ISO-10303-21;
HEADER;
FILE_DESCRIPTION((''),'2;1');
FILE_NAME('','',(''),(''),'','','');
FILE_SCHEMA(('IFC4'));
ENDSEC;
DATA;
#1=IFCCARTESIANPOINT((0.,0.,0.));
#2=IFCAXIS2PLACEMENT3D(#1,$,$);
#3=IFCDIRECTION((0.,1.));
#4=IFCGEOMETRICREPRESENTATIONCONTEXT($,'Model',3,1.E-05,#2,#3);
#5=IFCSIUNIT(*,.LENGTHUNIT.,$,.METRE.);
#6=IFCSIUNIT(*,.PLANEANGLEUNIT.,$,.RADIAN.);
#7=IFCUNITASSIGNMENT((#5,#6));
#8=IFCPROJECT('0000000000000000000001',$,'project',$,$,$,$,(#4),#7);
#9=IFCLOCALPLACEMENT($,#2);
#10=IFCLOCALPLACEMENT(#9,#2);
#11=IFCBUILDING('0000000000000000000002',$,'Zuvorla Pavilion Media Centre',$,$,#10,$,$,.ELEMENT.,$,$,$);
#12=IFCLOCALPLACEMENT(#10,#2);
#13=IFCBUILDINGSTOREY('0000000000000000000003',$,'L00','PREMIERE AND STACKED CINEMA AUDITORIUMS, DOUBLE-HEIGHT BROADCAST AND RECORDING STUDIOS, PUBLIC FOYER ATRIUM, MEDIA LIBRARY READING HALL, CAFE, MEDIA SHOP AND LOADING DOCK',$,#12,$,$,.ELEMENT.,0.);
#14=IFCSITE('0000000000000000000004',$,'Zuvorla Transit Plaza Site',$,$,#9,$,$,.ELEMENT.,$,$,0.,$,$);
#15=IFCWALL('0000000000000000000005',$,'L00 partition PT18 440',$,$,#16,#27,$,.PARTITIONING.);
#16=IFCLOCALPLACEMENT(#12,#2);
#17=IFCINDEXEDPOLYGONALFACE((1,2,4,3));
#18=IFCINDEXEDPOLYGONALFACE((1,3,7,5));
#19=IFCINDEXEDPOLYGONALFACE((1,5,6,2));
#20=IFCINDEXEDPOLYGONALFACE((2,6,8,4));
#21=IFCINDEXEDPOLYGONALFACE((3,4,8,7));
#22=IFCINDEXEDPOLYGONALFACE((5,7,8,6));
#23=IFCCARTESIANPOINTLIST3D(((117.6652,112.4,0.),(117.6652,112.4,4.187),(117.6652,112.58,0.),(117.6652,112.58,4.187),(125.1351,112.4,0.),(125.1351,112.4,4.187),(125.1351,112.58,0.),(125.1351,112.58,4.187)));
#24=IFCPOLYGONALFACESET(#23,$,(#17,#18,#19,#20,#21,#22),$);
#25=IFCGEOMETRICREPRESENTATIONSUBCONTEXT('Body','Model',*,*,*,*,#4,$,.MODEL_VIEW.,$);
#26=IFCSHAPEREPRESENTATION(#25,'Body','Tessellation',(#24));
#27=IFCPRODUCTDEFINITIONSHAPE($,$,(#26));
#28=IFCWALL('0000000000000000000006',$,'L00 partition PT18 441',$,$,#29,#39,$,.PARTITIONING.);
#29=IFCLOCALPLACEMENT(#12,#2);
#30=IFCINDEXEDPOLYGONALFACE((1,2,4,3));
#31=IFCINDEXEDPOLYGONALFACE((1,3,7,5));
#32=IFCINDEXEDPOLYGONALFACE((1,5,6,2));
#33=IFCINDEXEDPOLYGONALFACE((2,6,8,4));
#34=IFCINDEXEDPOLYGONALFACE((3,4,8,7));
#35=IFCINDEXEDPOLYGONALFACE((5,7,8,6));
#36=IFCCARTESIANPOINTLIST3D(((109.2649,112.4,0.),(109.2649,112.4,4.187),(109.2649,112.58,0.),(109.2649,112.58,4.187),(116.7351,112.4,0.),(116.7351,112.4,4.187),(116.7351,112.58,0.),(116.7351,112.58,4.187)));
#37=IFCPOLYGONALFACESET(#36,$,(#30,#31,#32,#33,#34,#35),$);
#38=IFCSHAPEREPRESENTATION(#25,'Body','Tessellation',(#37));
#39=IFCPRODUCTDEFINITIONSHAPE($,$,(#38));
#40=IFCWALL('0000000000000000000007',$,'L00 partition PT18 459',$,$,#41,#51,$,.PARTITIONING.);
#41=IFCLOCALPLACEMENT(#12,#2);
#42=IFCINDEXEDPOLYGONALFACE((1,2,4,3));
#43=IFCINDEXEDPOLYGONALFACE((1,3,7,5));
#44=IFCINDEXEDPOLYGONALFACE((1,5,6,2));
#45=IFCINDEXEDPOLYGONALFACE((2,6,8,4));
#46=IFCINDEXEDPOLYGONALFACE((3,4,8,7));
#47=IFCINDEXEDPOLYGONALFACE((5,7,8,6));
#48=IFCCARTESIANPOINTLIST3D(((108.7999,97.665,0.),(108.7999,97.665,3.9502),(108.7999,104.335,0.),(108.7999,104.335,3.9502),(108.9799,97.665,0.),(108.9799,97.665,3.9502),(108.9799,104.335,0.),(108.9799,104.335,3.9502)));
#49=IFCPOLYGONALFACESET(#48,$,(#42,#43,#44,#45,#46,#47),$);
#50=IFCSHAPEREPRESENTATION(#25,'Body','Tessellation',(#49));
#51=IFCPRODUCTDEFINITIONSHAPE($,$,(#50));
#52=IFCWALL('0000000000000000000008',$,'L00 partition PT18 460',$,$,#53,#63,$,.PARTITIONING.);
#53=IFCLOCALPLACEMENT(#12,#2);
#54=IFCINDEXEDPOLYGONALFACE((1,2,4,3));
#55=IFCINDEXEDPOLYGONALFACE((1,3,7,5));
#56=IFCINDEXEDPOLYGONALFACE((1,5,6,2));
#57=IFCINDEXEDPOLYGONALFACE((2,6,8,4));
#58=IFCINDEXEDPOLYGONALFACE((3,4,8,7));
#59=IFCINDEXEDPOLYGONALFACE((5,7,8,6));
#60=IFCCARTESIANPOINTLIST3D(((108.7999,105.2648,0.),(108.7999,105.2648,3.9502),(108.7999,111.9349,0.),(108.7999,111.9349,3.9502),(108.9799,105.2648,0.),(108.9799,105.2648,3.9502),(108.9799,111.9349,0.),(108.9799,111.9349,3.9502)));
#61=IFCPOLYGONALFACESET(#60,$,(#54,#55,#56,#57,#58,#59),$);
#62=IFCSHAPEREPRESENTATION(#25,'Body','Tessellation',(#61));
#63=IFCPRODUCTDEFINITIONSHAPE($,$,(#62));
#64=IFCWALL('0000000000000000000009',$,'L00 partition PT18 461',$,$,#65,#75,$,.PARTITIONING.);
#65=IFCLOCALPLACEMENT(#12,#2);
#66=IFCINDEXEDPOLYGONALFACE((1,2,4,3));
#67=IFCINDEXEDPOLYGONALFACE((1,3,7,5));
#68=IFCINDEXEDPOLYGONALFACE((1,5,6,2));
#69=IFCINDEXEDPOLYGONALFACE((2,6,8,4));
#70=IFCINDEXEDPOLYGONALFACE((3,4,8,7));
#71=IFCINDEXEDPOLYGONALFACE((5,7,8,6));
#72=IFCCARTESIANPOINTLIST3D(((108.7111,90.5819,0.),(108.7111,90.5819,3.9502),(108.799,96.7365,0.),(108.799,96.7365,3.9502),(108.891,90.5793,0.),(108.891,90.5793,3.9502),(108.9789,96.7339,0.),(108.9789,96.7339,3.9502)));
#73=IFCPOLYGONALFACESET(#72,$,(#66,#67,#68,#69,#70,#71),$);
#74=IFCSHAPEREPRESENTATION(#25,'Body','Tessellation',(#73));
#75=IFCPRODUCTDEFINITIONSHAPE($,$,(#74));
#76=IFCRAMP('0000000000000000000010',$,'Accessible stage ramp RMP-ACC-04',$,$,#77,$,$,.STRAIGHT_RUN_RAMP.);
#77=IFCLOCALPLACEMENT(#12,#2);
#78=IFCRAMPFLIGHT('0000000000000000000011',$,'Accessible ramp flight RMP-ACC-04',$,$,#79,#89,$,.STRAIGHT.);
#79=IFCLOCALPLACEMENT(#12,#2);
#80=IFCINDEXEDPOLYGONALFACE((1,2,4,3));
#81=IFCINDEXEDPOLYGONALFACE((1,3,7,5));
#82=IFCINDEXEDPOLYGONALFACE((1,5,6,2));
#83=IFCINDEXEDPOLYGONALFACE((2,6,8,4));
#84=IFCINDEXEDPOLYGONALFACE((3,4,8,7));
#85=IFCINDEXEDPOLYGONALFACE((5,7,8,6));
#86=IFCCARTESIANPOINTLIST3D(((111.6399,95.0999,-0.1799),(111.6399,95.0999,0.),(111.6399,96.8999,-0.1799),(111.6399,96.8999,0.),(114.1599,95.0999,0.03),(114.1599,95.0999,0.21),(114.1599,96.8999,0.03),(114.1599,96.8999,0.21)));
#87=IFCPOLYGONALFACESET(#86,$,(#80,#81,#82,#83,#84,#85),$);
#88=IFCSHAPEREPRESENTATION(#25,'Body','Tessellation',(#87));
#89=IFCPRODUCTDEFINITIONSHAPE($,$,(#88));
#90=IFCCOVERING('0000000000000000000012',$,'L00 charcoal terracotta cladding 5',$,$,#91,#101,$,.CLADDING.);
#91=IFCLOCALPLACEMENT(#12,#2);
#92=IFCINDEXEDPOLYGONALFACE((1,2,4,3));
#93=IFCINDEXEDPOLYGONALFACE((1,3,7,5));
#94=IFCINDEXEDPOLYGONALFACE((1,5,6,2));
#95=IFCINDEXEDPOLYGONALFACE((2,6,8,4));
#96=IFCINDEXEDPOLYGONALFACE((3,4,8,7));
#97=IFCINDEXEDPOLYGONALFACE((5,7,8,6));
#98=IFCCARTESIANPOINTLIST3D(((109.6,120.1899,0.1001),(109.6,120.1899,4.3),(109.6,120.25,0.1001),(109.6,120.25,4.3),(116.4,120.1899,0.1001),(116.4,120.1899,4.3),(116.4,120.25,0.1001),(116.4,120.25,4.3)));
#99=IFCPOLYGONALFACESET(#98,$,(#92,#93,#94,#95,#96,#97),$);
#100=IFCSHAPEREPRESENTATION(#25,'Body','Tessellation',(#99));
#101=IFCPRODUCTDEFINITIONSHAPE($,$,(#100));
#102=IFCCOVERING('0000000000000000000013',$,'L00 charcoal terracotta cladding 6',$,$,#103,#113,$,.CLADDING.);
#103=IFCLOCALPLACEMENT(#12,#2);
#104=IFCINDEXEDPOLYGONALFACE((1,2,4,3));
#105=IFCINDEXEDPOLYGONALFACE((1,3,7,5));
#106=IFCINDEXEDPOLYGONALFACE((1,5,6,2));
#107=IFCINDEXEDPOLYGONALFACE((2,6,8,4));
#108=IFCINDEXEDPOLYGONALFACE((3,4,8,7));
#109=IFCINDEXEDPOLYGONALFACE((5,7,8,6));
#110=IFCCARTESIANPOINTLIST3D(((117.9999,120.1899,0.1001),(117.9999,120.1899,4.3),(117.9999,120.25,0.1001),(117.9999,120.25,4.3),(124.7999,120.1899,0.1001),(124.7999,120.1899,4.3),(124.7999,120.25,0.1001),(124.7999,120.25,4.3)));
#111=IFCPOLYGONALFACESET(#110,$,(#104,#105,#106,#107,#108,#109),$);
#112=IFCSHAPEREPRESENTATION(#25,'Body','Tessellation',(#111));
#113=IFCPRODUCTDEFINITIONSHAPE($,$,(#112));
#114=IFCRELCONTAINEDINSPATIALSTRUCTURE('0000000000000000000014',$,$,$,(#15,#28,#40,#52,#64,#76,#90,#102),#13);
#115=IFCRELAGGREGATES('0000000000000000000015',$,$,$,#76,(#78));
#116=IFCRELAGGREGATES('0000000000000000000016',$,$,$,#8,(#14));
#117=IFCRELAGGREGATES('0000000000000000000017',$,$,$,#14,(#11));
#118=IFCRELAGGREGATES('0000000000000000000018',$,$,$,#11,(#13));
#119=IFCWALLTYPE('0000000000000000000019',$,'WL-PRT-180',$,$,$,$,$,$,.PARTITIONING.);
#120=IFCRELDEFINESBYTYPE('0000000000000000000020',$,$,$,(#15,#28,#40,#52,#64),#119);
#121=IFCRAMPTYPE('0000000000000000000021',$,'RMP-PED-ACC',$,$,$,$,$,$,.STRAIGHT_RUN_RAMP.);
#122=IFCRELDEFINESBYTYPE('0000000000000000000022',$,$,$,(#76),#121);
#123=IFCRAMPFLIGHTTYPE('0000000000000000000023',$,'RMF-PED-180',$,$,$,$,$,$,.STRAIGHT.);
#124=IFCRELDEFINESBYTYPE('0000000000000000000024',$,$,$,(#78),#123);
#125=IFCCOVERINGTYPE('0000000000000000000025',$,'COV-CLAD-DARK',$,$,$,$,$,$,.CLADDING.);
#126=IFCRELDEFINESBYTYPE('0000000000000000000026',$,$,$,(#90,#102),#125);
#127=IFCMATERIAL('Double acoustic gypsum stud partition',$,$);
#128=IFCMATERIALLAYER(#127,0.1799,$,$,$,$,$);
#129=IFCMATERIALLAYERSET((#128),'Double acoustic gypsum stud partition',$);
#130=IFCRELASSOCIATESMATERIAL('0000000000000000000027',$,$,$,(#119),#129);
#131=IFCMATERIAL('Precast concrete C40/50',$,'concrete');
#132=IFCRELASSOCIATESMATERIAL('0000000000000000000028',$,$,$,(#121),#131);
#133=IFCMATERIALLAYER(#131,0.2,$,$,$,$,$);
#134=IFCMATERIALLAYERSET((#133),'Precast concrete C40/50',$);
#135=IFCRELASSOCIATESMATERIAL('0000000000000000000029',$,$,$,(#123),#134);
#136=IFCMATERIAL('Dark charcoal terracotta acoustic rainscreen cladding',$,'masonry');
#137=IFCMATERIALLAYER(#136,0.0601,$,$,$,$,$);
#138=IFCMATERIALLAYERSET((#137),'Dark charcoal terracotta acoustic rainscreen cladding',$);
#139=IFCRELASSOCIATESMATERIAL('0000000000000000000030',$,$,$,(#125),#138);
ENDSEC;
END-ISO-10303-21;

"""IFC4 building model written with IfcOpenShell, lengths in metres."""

from ifc_helpers import new_model, si_unit, direction, frame, frame_2d, origin, origin_2d, place, context, subcontext, project, spatial, polyline, rectangle, outline, extrude, material, layer, layer_set, type_object, element, aggregate, save


model = new_model("IFC4")

# Units and contexts
model_context = context("Model", 3, precision=1e-05, world=origin(), true_north=direction((0.0, 1.0)))
body_context = subcontext(model_context, "Body", "Model", "MODEL_VIEW")
ifc_project = project(units=[si_unit("LENGTHUNIT", "METRE"), si_unit("PLANEANGLEUNIT", "RADIAN")], contexts=[model_context])

# Site, building, storey
site_placement = place(None, origin())
site = spatial("IfcSite", under=ifc_project, at=site_placement, Name="Zuvorla Transit Plaza Site", CompositionType="ELEMENT", RefElevation=0.0)
building_placement = place(site_placement, origin())
building = spatial("IfcBuilding", under=site, at=building_placement, Name="Zuvorla Pavilion Media Centre", CompositionType="ELEMENT")
storey_placement = place(building_placement, origin())
storey = spatial("IfcBuildingStorey", under=building, at=storey_placement, Name="L00", Description="PREMIERE AND STACKED CINEMA AUDITORIUMS, DOUBLE-HEIGHT BROADCAST AND RECORDING STUDIOS, PUBLIC FOYER ATRIUM, MEDIA LIBRARY READING HALL, CAFE, MEDIA SHOP AND LOADING DOCK", CompositionType="ELEMENT", Elevation=0.0)

# Walls
ifc_material_1 = material(Name="Double acoustic gypsum stud partition")
ifc_layer_1 = layer(ifc_material_1, 0.1799)
ifc_layer_set_1 = layer_set([ifc_layer_1], Name="Double acoustic gypsum stud partition")
wall_type_1 = type_object("IfcWallType", Name="WL-PRT-180", PredefinedType="PARTITIONING", material=ifc_layer_set_1)
wall_1_placement = place(storey_placement, frame((125.135, 112.49, 0.0), z_axis=(0.0, 0.0, 1.0), x_axis=(-1.0, 0.0, 0.0)))
element("IfcWall", 1, at=wall_1_placement, inside=storey, type_object=wall_type_1, Name="L00 partition PT18 440", PredefinedType="PARTITIONING", context=body_context, shape_type="SweptSolid", body=[
    extrude(rectangle(XDim=7.47, YDim=0.1799, at=frame_2d((3.7349, 0.0))), origin(), (0.0, 0.0, 1.0), 4.187),
])
wall_2_placement = place(storey_placement, frame((116.7351, 112.49, 0.0), z_axis=(0.0, 0.0, 1.0), x_axis=(-1.0, 0.0, 0.0)))
element("IfcWall", 2, at=wall_2_placement, inside=storey, type_object=wall_type_1, Name="L00 partition PT18 441", PredefinedType="PARTITIONING", context=body_context, shape_type="SweptSolid", body=[
    extrude(rectangle(XDim=7.4702, YDim=0.1799, at=frame_2d((3.7351, 0.0))), origin(), (0.0, 0.0, 1.0), 4.187),
])
wall_3_placement = place(storey_placement, frame((108.8899, 97.665, 0.0), z_axis=(0.0, 0.0, 1.0), x_axis=(0.0, 1.0, 0.0)))
element("IfcWall", 3, at=wall_3_placement, inside=storey, type_object=wall_type_1, Name="L00 partition PT18 459", PredefinedType="PARTITIONING", context=body_context, shape_type="SweptSolid", body=[
    extrude(rectangle(XDim=6.6699, YDim=0.1799, at=frame_2d((3.335, 0.0))), origin(), (0.0, 0.0, 1.0), 3.9502),
])
wall_4_placement = place(storey_placement, frame((108.8899, 105.2649, 0.0), z_axis=(0.0, 0.0, 1.0), x_axis=(0.0, 1.0, 0.0)))
element("IfcWall", 4, at=wall_4_placement, inside=storey, type_object=wall_type_1, Name="L00 partition PT18 460", PredefinedType="PARTITIONING", context=body_context, shape_type="SweptSolid", body=[
    extrude(rectangle(XDim=6.6702, YDim=0.1799, at=frame_2d((3.335, 0.0))), origin(), (0.0, 0.0, 1.0), 3.9502),
])
wall_5_placement = place(storey_placement, frame((108.801, 90.5806, 0.0), z_axis=(0.0, 0.0, 1.0), x_axis=(0.014279, 0.999898, 0.0)))
element("IfcWall", 5, at=wall_5_placement, inside=storey, type_object=wall_type_1, Name="L00 partition PT18 461", PredefinedType="PARTITIONING", context=body_context, shape_type="SweptSolid", body=[
    extrude(rectangle(XDim=6.1553, YDim=0.1799, at=frame_2d((3.0776, 0.0))), origin(), (0.0, 0.0, 1.0), 3.9502),
])

# Ramp, ramp flight
ifc_material_2 = material(Name="Precast concrete C40/50", Category="concrete")
ramp_type = type_object("IfcRampType", Name="RMP-PED-ACC", PredefinedType="STRAIGHT_RUN_RAMP", material=ifc_material_2)
ramp_placement = place(storey_placement, origin())
ramp = element("IfcRamp", 6, at=ramp_placement, inside=storey, type_object=ramp_type, Name="Accessible stage ramp RMP-ACC-04", PredefinedType="STRAIGHT_RUN_RAMP")
ifc_layer_2 = layer(ifc_material_2, 0.2)
ifc_layer_set_2 = layer_set([ifc_layer_2], Name="Precast concrete C40/50")
ramp_flight_type = type_object("IfcRampFlightType", Name="RMF-PED-180", PredefinedType="STRAIGHT", material=ifc_layer_set_2)
ramp_flight_placement = place(storey_placement, frame((111.6399, 96.0, 0.0), z_axis=(0.0, 0.0, 1.0), x_axis=(1.0, 0.0, 0.0)))
ramp_flight = element("IfcRampFlight", 7, at=ramp_flight_placement, type_object=ramp_flight_type, Name="Accessible ramp flight RMP-ACC-04", PredefinedType="STRAIGHT", context=body_context, shape_type="SweptSolid", body=[
    extrude(outline(polyline([(0.0, 0.0), (2.52, 0.21), (2.52, 0.03), (0.0, -0.1799), (0.0, 0.0)])), frame((0.0, 0.8999, 0.0), z_axis=(0.0, -1.0, 0.0), x_axis=(1.0, 0.0, 0.0)), (0.0, 0.0, 1.0), 1.8),
])
aggregate(ramp, [ramp_flight])

# Coverings
ifc_material_3 = material(Name="Dark charcoal terracotta acoustic rainscreen cladding", Category="masonry")
ifc_layer_3 = layer(ifc_material_3, 0.0601)
ifc_layer_set_3 = layer_set([ifc_layer_3], Name="Dark charcoal terracotta acoustic rainscreen cladding")
covering_type = type_object("IfcCoveringType", Name="COV-CLAD-DARK", PredefinedType="CLADDING", material=ifc_layer_set_3)
for number, where, z_axis, x_axis, name in (
    (8, (113.0, 120.22, 0.1001), (0.0, 0.0, 1.0), (1.0, 0.0, 0.0), "L00 charcoal terracotta cladding 5"),
    (9, (121.3999, 120.22, 0.1001), (0.0, 0.0, 1.0), (1.0, 0.0, 0.0), "L00 charcoal terracotta cladding 6"),
):
    element("IfcCovering", number, at=place(storey_placement, frame(where, z_axis=z_axis, x_axis=x_axis)), inside=storey, type_object=covering_type, Name=name, PredefinedType="CLADDING", context=body_context, shape_type="SweptSolid", body=[
        extrude(rectangle(XDim=6.8, YDim=0.0601, at=origin_2d()), origin(), (0.0, 0.0, 1.0), 4.2),
    ])

save(model, "model.ifc")
